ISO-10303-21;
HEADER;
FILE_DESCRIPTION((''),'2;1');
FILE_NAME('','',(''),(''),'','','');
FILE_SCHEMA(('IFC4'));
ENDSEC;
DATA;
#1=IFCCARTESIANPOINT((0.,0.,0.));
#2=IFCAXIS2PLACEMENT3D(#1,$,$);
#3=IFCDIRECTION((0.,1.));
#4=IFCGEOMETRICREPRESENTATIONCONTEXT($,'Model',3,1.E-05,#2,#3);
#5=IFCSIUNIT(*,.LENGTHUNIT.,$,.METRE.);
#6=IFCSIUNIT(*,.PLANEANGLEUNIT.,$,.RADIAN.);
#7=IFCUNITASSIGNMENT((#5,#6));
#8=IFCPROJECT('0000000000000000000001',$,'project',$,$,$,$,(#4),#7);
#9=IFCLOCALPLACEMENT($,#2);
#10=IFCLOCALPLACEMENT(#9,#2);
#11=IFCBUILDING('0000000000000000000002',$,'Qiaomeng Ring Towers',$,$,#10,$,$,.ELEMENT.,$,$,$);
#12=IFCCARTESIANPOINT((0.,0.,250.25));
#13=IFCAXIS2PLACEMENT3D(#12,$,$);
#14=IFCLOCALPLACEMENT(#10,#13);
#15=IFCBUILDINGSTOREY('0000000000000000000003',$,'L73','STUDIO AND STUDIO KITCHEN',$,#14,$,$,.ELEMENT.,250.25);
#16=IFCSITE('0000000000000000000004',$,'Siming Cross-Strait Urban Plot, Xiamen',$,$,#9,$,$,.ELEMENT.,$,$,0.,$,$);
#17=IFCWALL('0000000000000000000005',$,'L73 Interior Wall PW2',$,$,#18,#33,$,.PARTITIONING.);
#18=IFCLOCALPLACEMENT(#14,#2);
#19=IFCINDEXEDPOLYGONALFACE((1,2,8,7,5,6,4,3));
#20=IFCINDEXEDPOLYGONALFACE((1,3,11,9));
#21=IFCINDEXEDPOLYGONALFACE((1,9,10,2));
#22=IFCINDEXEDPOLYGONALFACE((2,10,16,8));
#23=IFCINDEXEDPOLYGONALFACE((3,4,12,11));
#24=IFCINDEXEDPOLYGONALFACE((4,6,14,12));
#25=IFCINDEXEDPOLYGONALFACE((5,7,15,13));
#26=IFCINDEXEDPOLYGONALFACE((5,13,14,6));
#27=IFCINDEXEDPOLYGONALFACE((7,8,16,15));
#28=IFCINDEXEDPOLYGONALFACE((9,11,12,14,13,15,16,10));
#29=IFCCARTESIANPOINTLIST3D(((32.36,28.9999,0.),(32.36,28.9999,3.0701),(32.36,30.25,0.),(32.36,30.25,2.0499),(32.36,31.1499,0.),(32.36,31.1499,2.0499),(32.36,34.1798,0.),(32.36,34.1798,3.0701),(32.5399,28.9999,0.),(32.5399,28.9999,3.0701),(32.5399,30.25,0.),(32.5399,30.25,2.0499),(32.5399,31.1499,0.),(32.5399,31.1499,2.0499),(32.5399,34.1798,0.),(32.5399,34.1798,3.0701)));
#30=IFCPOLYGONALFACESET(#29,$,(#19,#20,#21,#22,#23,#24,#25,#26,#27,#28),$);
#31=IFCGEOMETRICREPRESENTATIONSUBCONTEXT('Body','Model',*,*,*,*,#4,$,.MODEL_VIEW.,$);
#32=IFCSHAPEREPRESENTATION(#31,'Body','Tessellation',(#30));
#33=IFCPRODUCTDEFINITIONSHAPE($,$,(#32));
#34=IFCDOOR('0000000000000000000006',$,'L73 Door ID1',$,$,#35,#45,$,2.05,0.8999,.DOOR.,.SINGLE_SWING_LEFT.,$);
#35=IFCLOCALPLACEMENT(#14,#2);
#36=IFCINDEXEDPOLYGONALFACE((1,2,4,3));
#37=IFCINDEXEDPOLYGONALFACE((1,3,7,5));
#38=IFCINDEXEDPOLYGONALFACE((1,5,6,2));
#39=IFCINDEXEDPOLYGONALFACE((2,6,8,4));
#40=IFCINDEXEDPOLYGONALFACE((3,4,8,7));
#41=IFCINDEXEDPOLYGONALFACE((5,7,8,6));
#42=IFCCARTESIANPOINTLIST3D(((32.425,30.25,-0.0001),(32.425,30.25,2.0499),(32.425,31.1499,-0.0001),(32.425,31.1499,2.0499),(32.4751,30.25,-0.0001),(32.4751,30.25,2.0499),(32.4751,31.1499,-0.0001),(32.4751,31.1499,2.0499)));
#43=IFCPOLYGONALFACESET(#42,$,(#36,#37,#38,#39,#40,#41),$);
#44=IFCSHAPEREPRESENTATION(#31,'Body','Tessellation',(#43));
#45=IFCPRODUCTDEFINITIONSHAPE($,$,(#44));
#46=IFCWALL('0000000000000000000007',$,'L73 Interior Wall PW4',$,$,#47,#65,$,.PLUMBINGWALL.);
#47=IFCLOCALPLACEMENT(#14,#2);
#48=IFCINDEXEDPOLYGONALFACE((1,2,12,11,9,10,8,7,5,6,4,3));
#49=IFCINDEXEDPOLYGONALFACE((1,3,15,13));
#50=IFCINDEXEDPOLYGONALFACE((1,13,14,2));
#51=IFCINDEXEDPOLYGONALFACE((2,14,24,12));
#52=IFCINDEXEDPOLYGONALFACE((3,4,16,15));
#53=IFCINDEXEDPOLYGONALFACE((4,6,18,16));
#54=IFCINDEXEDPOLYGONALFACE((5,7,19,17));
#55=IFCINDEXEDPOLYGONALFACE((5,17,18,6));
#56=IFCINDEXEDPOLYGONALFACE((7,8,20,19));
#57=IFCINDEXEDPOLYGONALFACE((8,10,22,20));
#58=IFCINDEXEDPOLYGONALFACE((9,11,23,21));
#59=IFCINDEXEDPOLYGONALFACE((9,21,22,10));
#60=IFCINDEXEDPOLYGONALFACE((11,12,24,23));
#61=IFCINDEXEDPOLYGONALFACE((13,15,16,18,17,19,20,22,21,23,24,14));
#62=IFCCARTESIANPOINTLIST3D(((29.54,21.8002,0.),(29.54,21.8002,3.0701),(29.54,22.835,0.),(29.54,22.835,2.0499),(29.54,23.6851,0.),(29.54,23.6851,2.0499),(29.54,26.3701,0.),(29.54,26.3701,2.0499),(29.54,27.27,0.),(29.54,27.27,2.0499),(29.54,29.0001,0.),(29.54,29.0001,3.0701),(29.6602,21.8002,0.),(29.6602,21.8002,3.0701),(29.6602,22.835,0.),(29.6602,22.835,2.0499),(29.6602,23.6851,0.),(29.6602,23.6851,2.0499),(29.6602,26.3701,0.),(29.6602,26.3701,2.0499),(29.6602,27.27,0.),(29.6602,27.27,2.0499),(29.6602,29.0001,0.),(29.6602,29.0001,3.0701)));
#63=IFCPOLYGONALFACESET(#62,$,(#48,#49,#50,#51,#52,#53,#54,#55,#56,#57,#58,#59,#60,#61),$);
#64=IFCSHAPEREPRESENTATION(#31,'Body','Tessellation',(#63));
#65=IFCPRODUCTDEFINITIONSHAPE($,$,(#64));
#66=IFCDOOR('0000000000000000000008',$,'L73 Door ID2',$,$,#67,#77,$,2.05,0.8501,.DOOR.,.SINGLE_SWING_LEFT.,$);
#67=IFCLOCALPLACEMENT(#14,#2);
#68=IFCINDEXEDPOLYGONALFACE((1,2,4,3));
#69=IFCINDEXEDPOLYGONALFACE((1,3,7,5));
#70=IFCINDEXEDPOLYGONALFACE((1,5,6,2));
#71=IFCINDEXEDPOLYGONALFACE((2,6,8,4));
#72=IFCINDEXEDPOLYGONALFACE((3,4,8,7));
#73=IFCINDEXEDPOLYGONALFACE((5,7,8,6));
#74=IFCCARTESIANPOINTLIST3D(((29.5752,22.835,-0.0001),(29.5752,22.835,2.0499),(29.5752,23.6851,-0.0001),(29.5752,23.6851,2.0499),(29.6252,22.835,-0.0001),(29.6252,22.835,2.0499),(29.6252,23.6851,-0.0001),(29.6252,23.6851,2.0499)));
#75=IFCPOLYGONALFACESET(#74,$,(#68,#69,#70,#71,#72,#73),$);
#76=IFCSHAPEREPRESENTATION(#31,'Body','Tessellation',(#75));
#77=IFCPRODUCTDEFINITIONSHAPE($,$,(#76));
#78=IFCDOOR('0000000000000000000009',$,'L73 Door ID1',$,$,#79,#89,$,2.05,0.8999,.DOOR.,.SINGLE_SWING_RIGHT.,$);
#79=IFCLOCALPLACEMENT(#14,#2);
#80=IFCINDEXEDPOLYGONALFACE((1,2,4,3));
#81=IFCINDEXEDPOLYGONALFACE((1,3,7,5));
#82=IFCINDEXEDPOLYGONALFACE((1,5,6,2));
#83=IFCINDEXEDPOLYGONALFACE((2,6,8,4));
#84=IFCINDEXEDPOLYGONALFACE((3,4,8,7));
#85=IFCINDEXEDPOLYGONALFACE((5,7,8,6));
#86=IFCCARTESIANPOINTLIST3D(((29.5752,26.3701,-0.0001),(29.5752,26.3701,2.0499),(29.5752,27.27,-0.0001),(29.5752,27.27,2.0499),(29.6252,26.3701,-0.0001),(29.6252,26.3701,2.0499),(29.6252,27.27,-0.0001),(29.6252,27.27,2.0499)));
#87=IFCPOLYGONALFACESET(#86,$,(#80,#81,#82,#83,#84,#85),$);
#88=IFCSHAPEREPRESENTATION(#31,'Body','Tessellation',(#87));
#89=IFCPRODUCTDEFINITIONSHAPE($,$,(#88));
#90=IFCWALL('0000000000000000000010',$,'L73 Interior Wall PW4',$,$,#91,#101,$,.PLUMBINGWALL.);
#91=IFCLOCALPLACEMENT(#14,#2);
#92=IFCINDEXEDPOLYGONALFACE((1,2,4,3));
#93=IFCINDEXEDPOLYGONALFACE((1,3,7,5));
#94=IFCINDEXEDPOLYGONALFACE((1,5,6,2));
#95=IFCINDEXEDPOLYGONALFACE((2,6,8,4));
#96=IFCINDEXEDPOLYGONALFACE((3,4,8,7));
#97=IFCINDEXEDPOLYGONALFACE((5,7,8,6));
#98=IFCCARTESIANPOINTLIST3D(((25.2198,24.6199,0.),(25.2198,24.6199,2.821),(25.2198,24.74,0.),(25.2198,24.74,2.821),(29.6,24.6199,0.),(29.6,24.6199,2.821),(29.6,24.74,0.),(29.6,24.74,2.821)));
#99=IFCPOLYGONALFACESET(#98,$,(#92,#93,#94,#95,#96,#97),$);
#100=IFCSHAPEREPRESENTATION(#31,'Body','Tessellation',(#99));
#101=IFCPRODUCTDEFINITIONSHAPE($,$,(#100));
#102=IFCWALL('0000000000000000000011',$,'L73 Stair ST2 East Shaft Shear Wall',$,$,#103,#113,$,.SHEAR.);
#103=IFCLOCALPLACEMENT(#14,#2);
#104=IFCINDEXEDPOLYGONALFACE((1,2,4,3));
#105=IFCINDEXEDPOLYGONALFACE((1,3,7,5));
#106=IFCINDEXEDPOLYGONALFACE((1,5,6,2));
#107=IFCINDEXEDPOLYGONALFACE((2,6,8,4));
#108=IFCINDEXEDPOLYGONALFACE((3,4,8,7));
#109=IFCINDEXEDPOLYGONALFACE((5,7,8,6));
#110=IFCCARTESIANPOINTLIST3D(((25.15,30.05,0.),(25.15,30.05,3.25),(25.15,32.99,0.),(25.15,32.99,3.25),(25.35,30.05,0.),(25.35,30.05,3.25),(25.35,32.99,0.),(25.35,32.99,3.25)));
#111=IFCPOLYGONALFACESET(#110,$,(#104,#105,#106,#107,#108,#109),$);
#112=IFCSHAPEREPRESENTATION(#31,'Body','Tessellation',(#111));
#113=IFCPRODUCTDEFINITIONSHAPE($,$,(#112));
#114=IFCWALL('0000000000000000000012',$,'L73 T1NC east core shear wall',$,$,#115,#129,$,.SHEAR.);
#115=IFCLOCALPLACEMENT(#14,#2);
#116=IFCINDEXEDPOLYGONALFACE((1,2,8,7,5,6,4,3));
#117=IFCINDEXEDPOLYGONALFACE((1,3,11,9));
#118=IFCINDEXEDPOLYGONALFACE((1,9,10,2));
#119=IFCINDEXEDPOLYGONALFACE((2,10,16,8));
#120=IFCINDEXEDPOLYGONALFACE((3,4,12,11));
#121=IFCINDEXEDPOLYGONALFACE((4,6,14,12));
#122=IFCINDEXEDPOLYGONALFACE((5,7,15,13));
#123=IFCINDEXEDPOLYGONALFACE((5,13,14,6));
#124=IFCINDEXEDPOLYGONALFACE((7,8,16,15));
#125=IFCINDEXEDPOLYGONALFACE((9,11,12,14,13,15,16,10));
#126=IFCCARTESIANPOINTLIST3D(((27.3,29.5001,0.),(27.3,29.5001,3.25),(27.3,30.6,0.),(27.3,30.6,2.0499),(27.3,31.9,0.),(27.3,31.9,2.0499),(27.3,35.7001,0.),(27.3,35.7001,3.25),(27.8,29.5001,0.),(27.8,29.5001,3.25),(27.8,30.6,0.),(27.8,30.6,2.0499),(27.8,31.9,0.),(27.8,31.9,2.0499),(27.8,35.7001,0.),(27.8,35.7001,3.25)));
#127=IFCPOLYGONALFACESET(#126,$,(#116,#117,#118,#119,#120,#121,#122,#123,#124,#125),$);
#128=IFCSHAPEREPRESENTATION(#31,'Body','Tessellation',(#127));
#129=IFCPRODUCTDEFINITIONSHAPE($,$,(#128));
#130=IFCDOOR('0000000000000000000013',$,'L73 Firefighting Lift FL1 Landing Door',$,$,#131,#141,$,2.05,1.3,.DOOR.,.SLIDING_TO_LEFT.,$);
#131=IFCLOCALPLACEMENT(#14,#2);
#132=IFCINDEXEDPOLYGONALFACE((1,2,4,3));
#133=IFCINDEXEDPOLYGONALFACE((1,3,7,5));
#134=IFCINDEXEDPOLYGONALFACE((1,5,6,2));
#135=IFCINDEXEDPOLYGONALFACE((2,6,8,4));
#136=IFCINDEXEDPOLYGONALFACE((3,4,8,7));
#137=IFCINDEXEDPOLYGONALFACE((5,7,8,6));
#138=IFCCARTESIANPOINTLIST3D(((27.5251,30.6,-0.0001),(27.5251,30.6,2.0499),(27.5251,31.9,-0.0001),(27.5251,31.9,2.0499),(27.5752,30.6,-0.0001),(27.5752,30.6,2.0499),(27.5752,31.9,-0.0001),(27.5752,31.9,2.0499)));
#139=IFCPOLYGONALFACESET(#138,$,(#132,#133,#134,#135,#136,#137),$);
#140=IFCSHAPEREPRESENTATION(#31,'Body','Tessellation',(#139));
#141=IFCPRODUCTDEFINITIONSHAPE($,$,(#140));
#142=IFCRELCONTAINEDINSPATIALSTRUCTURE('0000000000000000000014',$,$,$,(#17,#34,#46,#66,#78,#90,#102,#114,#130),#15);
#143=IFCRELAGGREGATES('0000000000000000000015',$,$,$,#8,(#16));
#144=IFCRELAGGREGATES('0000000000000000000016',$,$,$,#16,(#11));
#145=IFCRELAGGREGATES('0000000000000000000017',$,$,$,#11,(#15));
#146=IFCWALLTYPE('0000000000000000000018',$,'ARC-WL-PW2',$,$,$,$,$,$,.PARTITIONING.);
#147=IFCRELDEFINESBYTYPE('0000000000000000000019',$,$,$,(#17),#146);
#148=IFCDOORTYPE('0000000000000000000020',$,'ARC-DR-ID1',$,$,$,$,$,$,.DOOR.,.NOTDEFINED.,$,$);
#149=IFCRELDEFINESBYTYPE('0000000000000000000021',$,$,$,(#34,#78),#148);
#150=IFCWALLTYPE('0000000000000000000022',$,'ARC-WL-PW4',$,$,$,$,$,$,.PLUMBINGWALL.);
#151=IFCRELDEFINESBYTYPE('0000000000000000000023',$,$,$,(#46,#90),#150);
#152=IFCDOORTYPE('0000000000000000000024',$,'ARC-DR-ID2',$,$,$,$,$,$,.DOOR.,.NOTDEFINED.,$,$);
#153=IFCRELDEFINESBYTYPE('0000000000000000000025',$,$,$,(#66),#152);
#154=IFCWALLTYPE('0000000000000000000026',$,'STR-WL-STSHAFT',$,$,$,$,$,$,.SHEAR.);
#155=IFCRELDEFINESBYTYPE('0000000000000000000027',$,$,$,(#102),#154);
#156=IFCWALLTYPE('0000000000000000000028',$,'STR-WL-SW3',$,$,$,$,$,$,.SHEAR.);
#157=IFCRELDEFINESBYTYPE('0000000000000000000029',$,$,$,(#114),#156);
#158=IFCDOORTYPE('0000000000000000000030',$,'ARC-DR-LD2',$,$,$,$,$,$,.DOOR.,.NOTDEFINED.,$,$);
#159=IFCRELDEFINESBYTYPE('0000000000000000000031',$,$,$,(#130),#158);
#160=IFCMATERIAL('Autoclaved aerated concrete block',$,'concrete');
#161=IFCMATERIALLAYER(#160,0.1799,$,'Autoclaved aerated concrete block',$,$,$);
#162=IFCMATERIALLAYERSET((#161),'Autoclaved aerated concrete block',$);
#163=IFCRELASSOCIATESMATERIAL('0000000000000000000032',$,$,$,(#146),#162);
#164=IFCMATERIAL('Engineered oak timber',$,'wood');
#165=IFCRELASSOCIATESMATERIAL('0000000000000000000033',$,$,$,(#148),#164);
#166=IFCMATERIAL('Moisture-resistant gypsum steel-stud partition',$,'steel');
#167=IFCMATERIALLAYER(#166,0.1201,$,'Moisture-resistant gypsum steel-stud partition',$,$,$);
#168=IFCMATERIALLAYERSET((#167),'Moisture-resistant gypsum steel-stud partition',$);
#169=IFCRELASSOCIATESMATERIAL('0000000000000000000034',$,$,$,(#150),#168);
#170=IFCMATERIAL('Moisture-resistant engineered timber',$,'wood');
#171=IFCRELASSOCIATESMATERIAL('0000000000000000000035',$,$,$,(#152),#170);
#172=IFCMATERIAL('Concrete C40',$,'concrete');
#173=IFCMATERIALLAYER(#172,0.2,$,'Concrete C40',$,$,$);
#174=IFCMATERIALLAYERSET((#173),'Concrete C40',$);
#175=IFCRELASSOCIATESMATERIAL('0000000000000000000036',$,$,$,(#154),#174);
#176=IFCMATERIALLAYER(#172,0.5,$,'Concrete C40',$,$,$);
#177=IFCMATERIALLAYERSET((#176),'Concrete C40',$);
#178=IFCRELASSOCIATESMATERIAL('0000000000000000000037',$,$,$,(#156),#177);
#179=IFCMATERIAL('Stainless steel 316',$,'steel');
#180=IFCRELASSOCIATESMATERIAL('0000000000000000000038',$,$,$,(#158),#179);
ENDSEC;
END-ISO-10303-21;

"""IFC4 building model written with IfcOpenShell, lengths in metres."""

from ifc_helpers import new_model, si_unit, direction, frame, frame_2d, origin, place, context, subcontext, project, spatial, rectangle, extrude, source, transform, mapped, material, layer, layer_set, type_object, element, fill, save


model = new_model("IFC4")

# Units and contexts
model_context = context("Model", 3, precision=1e-05, world=origin(), true_north=direction((0.0, 1.0)))
body_context = subcontext(model_context, "Body", "Model", "MODEL_VIEW")
ifc_project = project(units=[si_unit("LENGTHUNIT", "METRE"), si_unit("PLANEANGLEUNIT", "RADIAN")], contexts=[model_context])

# Site, building, storey
site_placement = place(None, origin())
site = spatial("IfcSite", under=ifc_project, at=site_placement, Name="Siming Cross-Strait Urban Plot, Xiamen", CompositionType="ELEMENT", RefElevation=0.0)
building_placement = place(site_placement, origin())
building = spatial("IfcBuilding", under=site, at=building_placement, Name="Qiaomeng Ring Towers", CompositionType="ELEMENT")
storey_placement = place(building_placement, frame((0.0, 0.0, 250.25)))
storey = spatial("IfcBuildingStorey", under=building, at=storey_placement, Name="L73", Description="STUDIO AND STUDIO KITCHEN", CompositionType="ELEMENT", Elevation=250.25)

# Shared definitions
ifc_material_1 = material(Name="Concrete C40", Category="concrete")

# Shared definitions
ifc_material_2 = material(Name="Stainless steel 316", Category="steel")

# Shared definitions
ifc_material_3 = material(Name="Autoclaved aerated concrete block", Category="concrete")

# Wall, opening, door
ifc_layer_1 = layer(ifc_material_3, 0.1799, Name="Autoclaved aerated concrete block")
ifc_layer_set_1 = layer_set([ifc_layer_1], Name="Autoclaved aerated concrete block")
wall_type_1 = type_object("IfcWallType", Name="ARC-WL-PW2", PredefinedType="PARTITIONING", material=ifc_layer_set_1)
wall_1_placement = place(storey_placement, frame((32.45, 29.0, 0.0), z_axis=(0.0, 0.0, 1.0), x_axis=(0.0, 1.0, 0.0)))
wall_1 = element("IfcWall", 1, at=wall_1_placement, inside=storey, type_object=wall_type_1, Name="L73 Interior Wall PW2", PredefinedType="PARTITIONING", context=body_context, shape_type="SweptSolid", body=[
    extrude(rectangle(XDim=5.1799, YDim=0.1799, at=frame_2d((2.5898, 0.0))), origin(), (0.0, 0.0, 1.0), 3.0701),
])
opening_1_placement = place(wall_1_placement, frame((1.25, 0.0, 0.0)))
opening_1 = element("IfcOpeningElement", 2, at=opening_1_placement, cuts=wall_1, PredefinedType="OPENING", context=body_context, shape_type="SweptSolid", body=[
    extrude(rectangle(XDim=0.8999, YDim=2.05, at=frame_2d((0.45, 1.0249))), frame((0.0, 0.0999, 0.0), z_axis=(0.0, -1.0, 0.0), x_axis=(1.0, 0.0, 0.0)), (0.0, 0.0, 1.0), 0.2),
])
ifc_material_4 = material(Name="Engineered oak timber", Category="wood")
door_type_1 = type_object("IfcDoorType", Name="ARC-DR-ID1", OperationType="NOTDEFINED", PredefinedType="DOOR", material=ifc_material_4)
shared_shape_1 = source(origin(), body_context, "Body", "SweptSolid", [
    extrude(rectangle(XDim=0.8999, YDim=2.05, at=frame_2d((0.45, 1.0249))), frame((0.0, 0.0249, 0.0), z_axis=(0.0, -1.0, 0.0), x_axis=(1.0, 0.0, 0.0)), (0.0, 0.0, 1.0), 0.05),
])
door_1_placement = place(opening_1_placement, origin())
door_1 = element("IfcDoor", 3, at=door_1_placement, inside=storey, type_object=door_type_1, Name="L73 Door ID1", OperationType="SINGLE_SWING_LEFT", OverallHeight=2.05, OverallWidth=0.8999, PredefinedType="DOOR", context=body_context, shape_type="MappedRepresentation", body=[
    mapped(shared_shape_1, transform((0.0, 0.0, 0.0), x_axis=(1.0, 0.0, 0.0), y_axis=(0.0, 1.0, 0.0), z_axis=(0.0, 0.0, 1.0), scale=1.0)),
])
fill(opening_1, door_1)

# Wall, openings, doors
ifc_material_5 = material(Name="Moisture-resistant gypsum steel-stud partition", Category="steel")
ifc_layer_2 = layer(ifc_material_5, 0.1201, Name="Moisture-resistant gypsum steel-stud partition")
ifc_layer_set_2 = layer_set([ifc_layer_2], Name="Moisture-resistant gypsum steel-stud partition")
wall_type_2 = type_object("IfcWallType", Name="ARC-WL-PW4", PredefinedType="PLUMBINGWALL", material=ifc_layer_set_2)
wall_2_placement = place(storey_placement, frame((29.6001, 21.8, 0.0), z_axis=(0.0, 0.0, 1.0), x_axis=(0.0, 1.0, 0.0)))
wall_2 = element("IfcWall", 4, at=wall_2_placement, inside=storey, type_object=wall_type_2, Name="L73 Interior Wall PW4", PredefinedType="PLUMBINGWALL", context=body_context, shape_type="SweptSolid", body=[
    extrude(rectangle(XDim=7.2, YDim=0.1201, at=frame_2d((3.6001, 0.0))), origin(), (0.0, 0.0, 1.0), 3.0701),
])
opening_2_placement = place(wall_2_placement, frame((1.0349, 0.0, 0.0)))
opening_2 = element("IfcOpeningElement", 5, at=opening_2_placement, cuts=wall_2, PredefinedType="OPENING", context=body_context, shape_type="SweptSolid", body=[
    extrude(rectangle(XDim=0.8501, YDim=2.05, at=frame_2d((0.425, 1.0249))), frame((0.0, 0.0701, 0.0), z_axis=(0.0, -1.0, 0.0), x_axis=(1.0, 0.0, 0.0)), (0.0, 0.0, 1.0), 0.1401),
])
opening_3_placement = place(wall_2_placement, frame((4.5701, 0.0, 0.0)))
opening_3 = element("IfcOpeningElement", 6, at=opening_3_placement, cuts=wall_2, PredefinedType="OPENING", context=body_context, shape_type="SweptSolid", body=[
    extrude(rectangle(XDim=0.8999, YDim=2.05, at=frame_2d((0.45, 1.0249))), frame((0.0, 0.0701, 0.0), z_axis=(0.0, -1.0, 0.0), x_axis=(1.0, 0.0, 0.0)), (0.0, 0.0, 1.0), 0.1401),
])
ifc_material_6 = material(Name="Moisture-resistant engineered timber", Category="wood")
door_type_2 = type_object("IfcDoorType", Name="ARC-DR-ID2", OperationType="NOTDEFINED", PredefinedType="DOOR", material=ifc_material_6)
shared_shape_2 = source(origin(), body_context, "Body", "SweptSolid", [
    extrude(rectangle(XDim=0.8501, YDim=2.05, at=frame_2d((0.425, 1.0249))), frame((0.0, 0.0249, 0.0), z_axis=(0.0, -1.0, 0.0), x_axis=(1.0, 0.0, 0.0)), (0.0, 0.0, 1.0), 0.05),
])
door_2_placement = place(opening_2_placement, origin())
door_2 = element("IfcDoor", 7, at=door_2_placement, inside=storey, type_object=door_type_2, Name="L73 Door ID2", OperationType="SINGLE_SWING_LEFT", OverallHeight=2.05, OverallWidth=0.8501, PredefinedType="DOOR", context=body_context, shape_type="MappedRepresentation", body=[
    mapped(shared_shape_2, transform((0.0, 0.0, 0.0), x_axis=(1.0, 0.0, 0.0), y_axis=(0.0, 1.0, 0.0), z_axis=(0.0, 0.0, 1.0), scale=1.0)),
])
fill(opening_2, door_2)
door_3_placement = place(opening_3_placement, origin())
door_3 = element("IfcDoor", 8, at=door_3_placement, inside=storey, type_object=door_type_1, Name="L73 Door ID1", OperationType="SINGLE_SWING_RIGHT", OverallHeight=2.05, OverallWidth=0.8999, PredefinedType="DOOR", context=body_context, shape_type="MappedRepresentation", body=[
    mapped(shared_shape_1, transform((0.0, 0.0, 0.0), x_axis=(1.0, 0.0, 0.0), y_axis=(0.0, 1.0, 0.0), z_axis=(0.0, 0.0, 1.0), scale=1.0)),
])
fill(opening_3, door_3)

# Walls
wall_3_placement = place(storey_placement, frame((25.22, 24.6799, 0.0), z_axis=(0.0, 0.0, 1.0), x_axis=(1.0, 0.0, 0.0)))
element("IfcWall", 9, at=wall_3_placement, inside=storey, type_object=wall_type_2, Name="L73 Interior Wall PW4", PredefinedType="PLUMBINGWALL", context=body_context, shape_type="SweptSolid", body=[
    extrude(rectangle(XDim=4.3801, YDim=0.1201, at=frame_2d((2.1899, 0.0))), origin(), (0.0, 0.0, 1.0), 2.821),
])
ifc_layer_3 = layer(ifc_material_1, 0.2, Name="Concrete C40")
ifc_layer_set_3 = layer_set([ifc_layer_3], Name="Concrete C40")
wall_type_3 = type_object("IfcWallType", Name="STR-WL-STSHAFT", PredefinedType="SHEAR", material=ifc_layer_set_3)
wall_4_placement = place(storey_placement, frame((25.25, 30.05, 0.0), z_axis=(0.0, 0.0, 1.0), x_axis=(0.0, 1.0, 0.0)))
element("IfcWall", 10, at=wall_4_placement, inside=storey, type_object=wall_type_3, Name="L73 Stair ST2 East Shaft Shear Wall", PredefinedType="SHEAR", context=body_context, shape_type="SweptSolid", body=[
    extrude(rectangle(XDim=2.9399, YDim=0.2, at=frame_2d((1.47, 0.0))), origin(), (0.0, 0.0, 1.0), 3.25),
])

# Wall, opening, door
ifc_layer_4 = layer(ifc_material_1, 0.5, Name="Concrete C40")
ifc_layer_set_4 = layer_set([ifc_layer_4], Name="Concrete C40")
wall_type_4 = type_object("IfcWallType", Name="STR-WL-SW3", PredefinedType="SHEAR", material=ifc_layer_set_4)
wall_5_placement = place(storey_placement, frame((27.55, 29.5, 0.0), z_axis=(0.0, 0.0, 1.0), x_axis=(0.0, 1.0, 0.0)))
wall_5 = element("IfcWall", 11, at=wall_5_placement, inside=storey, type_object=wall_type_4, Name="L73 T1NC east core shear wall", PredefinedType="SHEAR", context=body_context, shape_type="SweptSolid", body=[
    extrude(rectangle(XDim=6.2, YDim=0.5, at=frame_2d((3.1001, 0.0))), origin(), (0.0, 0.0, 1.0), 3.25),
])
opening_4_placement = place(wall_5_placement, frame((1.1001, 0.0, 0.0)))
opening_4 = element("IfcOpeningElement", 12, at=opening_4_placement, cuts=wall_5, PredefinedType="OPENING", context=body_context, shape_type="SweptSolid", body=[
    extrude(rectangle(XDim=1.3, YDim=2.05, at=frame_2d((0.6499, 1.0249))), frame((0.0, 0.26, 0.0), z_axis=(0.0, -1.0, 0.0), x_axis=(1.0, 0.0, 0.0)), (0.0, 0.0, 1.0), 0.52),
])
door_type_3 = type_object("IfcDoorType", Name="ARC-DR-LD2", OperationType="NOTDEFINED", PredefinedType="DOOR", material=ifc_material_2)
shared_shape_3 = source(origin(), body_context, "Body", "SweptSolid", [
    extrude(rectangle(XDim=1.3, YDim=2.05, at=frame_2d((0.6499, 1.0249))), frame((0.0, 0.0249, 0.0), z_axis=(0.0, -1.0, 0.0), x_axis=(1.0, 0.0, 0.0)), (0.0, 0.0, 1.0), 0.05),
])
door_4_placement = place(opening_4_placement, origin())
door_4 = element("IfcDoor", 13, at=door_4_placement, inside=storey, type_object=door_type_3, Name="L73 Firefighting Lift FL1 Landing Door", OperationType="SLIDING_TO_LEFT", OverallHeight=2.05, OverallWidth=1.3, PredefinedType="DOOR", context=body_context, shape_type="MappedRepresentation", body=[
    mapped(shared_shape_3, transform((0.0, 0.0, 0.0), x_axis=(1.0, 0.0, 0.0), y_axis=(0.0, 1.0, 0.0), z_axis=(0.0, 0.0, 1.0), scale=1.0)),
])
fill(opening_4, door_4)

save(model, "model.ifc")
